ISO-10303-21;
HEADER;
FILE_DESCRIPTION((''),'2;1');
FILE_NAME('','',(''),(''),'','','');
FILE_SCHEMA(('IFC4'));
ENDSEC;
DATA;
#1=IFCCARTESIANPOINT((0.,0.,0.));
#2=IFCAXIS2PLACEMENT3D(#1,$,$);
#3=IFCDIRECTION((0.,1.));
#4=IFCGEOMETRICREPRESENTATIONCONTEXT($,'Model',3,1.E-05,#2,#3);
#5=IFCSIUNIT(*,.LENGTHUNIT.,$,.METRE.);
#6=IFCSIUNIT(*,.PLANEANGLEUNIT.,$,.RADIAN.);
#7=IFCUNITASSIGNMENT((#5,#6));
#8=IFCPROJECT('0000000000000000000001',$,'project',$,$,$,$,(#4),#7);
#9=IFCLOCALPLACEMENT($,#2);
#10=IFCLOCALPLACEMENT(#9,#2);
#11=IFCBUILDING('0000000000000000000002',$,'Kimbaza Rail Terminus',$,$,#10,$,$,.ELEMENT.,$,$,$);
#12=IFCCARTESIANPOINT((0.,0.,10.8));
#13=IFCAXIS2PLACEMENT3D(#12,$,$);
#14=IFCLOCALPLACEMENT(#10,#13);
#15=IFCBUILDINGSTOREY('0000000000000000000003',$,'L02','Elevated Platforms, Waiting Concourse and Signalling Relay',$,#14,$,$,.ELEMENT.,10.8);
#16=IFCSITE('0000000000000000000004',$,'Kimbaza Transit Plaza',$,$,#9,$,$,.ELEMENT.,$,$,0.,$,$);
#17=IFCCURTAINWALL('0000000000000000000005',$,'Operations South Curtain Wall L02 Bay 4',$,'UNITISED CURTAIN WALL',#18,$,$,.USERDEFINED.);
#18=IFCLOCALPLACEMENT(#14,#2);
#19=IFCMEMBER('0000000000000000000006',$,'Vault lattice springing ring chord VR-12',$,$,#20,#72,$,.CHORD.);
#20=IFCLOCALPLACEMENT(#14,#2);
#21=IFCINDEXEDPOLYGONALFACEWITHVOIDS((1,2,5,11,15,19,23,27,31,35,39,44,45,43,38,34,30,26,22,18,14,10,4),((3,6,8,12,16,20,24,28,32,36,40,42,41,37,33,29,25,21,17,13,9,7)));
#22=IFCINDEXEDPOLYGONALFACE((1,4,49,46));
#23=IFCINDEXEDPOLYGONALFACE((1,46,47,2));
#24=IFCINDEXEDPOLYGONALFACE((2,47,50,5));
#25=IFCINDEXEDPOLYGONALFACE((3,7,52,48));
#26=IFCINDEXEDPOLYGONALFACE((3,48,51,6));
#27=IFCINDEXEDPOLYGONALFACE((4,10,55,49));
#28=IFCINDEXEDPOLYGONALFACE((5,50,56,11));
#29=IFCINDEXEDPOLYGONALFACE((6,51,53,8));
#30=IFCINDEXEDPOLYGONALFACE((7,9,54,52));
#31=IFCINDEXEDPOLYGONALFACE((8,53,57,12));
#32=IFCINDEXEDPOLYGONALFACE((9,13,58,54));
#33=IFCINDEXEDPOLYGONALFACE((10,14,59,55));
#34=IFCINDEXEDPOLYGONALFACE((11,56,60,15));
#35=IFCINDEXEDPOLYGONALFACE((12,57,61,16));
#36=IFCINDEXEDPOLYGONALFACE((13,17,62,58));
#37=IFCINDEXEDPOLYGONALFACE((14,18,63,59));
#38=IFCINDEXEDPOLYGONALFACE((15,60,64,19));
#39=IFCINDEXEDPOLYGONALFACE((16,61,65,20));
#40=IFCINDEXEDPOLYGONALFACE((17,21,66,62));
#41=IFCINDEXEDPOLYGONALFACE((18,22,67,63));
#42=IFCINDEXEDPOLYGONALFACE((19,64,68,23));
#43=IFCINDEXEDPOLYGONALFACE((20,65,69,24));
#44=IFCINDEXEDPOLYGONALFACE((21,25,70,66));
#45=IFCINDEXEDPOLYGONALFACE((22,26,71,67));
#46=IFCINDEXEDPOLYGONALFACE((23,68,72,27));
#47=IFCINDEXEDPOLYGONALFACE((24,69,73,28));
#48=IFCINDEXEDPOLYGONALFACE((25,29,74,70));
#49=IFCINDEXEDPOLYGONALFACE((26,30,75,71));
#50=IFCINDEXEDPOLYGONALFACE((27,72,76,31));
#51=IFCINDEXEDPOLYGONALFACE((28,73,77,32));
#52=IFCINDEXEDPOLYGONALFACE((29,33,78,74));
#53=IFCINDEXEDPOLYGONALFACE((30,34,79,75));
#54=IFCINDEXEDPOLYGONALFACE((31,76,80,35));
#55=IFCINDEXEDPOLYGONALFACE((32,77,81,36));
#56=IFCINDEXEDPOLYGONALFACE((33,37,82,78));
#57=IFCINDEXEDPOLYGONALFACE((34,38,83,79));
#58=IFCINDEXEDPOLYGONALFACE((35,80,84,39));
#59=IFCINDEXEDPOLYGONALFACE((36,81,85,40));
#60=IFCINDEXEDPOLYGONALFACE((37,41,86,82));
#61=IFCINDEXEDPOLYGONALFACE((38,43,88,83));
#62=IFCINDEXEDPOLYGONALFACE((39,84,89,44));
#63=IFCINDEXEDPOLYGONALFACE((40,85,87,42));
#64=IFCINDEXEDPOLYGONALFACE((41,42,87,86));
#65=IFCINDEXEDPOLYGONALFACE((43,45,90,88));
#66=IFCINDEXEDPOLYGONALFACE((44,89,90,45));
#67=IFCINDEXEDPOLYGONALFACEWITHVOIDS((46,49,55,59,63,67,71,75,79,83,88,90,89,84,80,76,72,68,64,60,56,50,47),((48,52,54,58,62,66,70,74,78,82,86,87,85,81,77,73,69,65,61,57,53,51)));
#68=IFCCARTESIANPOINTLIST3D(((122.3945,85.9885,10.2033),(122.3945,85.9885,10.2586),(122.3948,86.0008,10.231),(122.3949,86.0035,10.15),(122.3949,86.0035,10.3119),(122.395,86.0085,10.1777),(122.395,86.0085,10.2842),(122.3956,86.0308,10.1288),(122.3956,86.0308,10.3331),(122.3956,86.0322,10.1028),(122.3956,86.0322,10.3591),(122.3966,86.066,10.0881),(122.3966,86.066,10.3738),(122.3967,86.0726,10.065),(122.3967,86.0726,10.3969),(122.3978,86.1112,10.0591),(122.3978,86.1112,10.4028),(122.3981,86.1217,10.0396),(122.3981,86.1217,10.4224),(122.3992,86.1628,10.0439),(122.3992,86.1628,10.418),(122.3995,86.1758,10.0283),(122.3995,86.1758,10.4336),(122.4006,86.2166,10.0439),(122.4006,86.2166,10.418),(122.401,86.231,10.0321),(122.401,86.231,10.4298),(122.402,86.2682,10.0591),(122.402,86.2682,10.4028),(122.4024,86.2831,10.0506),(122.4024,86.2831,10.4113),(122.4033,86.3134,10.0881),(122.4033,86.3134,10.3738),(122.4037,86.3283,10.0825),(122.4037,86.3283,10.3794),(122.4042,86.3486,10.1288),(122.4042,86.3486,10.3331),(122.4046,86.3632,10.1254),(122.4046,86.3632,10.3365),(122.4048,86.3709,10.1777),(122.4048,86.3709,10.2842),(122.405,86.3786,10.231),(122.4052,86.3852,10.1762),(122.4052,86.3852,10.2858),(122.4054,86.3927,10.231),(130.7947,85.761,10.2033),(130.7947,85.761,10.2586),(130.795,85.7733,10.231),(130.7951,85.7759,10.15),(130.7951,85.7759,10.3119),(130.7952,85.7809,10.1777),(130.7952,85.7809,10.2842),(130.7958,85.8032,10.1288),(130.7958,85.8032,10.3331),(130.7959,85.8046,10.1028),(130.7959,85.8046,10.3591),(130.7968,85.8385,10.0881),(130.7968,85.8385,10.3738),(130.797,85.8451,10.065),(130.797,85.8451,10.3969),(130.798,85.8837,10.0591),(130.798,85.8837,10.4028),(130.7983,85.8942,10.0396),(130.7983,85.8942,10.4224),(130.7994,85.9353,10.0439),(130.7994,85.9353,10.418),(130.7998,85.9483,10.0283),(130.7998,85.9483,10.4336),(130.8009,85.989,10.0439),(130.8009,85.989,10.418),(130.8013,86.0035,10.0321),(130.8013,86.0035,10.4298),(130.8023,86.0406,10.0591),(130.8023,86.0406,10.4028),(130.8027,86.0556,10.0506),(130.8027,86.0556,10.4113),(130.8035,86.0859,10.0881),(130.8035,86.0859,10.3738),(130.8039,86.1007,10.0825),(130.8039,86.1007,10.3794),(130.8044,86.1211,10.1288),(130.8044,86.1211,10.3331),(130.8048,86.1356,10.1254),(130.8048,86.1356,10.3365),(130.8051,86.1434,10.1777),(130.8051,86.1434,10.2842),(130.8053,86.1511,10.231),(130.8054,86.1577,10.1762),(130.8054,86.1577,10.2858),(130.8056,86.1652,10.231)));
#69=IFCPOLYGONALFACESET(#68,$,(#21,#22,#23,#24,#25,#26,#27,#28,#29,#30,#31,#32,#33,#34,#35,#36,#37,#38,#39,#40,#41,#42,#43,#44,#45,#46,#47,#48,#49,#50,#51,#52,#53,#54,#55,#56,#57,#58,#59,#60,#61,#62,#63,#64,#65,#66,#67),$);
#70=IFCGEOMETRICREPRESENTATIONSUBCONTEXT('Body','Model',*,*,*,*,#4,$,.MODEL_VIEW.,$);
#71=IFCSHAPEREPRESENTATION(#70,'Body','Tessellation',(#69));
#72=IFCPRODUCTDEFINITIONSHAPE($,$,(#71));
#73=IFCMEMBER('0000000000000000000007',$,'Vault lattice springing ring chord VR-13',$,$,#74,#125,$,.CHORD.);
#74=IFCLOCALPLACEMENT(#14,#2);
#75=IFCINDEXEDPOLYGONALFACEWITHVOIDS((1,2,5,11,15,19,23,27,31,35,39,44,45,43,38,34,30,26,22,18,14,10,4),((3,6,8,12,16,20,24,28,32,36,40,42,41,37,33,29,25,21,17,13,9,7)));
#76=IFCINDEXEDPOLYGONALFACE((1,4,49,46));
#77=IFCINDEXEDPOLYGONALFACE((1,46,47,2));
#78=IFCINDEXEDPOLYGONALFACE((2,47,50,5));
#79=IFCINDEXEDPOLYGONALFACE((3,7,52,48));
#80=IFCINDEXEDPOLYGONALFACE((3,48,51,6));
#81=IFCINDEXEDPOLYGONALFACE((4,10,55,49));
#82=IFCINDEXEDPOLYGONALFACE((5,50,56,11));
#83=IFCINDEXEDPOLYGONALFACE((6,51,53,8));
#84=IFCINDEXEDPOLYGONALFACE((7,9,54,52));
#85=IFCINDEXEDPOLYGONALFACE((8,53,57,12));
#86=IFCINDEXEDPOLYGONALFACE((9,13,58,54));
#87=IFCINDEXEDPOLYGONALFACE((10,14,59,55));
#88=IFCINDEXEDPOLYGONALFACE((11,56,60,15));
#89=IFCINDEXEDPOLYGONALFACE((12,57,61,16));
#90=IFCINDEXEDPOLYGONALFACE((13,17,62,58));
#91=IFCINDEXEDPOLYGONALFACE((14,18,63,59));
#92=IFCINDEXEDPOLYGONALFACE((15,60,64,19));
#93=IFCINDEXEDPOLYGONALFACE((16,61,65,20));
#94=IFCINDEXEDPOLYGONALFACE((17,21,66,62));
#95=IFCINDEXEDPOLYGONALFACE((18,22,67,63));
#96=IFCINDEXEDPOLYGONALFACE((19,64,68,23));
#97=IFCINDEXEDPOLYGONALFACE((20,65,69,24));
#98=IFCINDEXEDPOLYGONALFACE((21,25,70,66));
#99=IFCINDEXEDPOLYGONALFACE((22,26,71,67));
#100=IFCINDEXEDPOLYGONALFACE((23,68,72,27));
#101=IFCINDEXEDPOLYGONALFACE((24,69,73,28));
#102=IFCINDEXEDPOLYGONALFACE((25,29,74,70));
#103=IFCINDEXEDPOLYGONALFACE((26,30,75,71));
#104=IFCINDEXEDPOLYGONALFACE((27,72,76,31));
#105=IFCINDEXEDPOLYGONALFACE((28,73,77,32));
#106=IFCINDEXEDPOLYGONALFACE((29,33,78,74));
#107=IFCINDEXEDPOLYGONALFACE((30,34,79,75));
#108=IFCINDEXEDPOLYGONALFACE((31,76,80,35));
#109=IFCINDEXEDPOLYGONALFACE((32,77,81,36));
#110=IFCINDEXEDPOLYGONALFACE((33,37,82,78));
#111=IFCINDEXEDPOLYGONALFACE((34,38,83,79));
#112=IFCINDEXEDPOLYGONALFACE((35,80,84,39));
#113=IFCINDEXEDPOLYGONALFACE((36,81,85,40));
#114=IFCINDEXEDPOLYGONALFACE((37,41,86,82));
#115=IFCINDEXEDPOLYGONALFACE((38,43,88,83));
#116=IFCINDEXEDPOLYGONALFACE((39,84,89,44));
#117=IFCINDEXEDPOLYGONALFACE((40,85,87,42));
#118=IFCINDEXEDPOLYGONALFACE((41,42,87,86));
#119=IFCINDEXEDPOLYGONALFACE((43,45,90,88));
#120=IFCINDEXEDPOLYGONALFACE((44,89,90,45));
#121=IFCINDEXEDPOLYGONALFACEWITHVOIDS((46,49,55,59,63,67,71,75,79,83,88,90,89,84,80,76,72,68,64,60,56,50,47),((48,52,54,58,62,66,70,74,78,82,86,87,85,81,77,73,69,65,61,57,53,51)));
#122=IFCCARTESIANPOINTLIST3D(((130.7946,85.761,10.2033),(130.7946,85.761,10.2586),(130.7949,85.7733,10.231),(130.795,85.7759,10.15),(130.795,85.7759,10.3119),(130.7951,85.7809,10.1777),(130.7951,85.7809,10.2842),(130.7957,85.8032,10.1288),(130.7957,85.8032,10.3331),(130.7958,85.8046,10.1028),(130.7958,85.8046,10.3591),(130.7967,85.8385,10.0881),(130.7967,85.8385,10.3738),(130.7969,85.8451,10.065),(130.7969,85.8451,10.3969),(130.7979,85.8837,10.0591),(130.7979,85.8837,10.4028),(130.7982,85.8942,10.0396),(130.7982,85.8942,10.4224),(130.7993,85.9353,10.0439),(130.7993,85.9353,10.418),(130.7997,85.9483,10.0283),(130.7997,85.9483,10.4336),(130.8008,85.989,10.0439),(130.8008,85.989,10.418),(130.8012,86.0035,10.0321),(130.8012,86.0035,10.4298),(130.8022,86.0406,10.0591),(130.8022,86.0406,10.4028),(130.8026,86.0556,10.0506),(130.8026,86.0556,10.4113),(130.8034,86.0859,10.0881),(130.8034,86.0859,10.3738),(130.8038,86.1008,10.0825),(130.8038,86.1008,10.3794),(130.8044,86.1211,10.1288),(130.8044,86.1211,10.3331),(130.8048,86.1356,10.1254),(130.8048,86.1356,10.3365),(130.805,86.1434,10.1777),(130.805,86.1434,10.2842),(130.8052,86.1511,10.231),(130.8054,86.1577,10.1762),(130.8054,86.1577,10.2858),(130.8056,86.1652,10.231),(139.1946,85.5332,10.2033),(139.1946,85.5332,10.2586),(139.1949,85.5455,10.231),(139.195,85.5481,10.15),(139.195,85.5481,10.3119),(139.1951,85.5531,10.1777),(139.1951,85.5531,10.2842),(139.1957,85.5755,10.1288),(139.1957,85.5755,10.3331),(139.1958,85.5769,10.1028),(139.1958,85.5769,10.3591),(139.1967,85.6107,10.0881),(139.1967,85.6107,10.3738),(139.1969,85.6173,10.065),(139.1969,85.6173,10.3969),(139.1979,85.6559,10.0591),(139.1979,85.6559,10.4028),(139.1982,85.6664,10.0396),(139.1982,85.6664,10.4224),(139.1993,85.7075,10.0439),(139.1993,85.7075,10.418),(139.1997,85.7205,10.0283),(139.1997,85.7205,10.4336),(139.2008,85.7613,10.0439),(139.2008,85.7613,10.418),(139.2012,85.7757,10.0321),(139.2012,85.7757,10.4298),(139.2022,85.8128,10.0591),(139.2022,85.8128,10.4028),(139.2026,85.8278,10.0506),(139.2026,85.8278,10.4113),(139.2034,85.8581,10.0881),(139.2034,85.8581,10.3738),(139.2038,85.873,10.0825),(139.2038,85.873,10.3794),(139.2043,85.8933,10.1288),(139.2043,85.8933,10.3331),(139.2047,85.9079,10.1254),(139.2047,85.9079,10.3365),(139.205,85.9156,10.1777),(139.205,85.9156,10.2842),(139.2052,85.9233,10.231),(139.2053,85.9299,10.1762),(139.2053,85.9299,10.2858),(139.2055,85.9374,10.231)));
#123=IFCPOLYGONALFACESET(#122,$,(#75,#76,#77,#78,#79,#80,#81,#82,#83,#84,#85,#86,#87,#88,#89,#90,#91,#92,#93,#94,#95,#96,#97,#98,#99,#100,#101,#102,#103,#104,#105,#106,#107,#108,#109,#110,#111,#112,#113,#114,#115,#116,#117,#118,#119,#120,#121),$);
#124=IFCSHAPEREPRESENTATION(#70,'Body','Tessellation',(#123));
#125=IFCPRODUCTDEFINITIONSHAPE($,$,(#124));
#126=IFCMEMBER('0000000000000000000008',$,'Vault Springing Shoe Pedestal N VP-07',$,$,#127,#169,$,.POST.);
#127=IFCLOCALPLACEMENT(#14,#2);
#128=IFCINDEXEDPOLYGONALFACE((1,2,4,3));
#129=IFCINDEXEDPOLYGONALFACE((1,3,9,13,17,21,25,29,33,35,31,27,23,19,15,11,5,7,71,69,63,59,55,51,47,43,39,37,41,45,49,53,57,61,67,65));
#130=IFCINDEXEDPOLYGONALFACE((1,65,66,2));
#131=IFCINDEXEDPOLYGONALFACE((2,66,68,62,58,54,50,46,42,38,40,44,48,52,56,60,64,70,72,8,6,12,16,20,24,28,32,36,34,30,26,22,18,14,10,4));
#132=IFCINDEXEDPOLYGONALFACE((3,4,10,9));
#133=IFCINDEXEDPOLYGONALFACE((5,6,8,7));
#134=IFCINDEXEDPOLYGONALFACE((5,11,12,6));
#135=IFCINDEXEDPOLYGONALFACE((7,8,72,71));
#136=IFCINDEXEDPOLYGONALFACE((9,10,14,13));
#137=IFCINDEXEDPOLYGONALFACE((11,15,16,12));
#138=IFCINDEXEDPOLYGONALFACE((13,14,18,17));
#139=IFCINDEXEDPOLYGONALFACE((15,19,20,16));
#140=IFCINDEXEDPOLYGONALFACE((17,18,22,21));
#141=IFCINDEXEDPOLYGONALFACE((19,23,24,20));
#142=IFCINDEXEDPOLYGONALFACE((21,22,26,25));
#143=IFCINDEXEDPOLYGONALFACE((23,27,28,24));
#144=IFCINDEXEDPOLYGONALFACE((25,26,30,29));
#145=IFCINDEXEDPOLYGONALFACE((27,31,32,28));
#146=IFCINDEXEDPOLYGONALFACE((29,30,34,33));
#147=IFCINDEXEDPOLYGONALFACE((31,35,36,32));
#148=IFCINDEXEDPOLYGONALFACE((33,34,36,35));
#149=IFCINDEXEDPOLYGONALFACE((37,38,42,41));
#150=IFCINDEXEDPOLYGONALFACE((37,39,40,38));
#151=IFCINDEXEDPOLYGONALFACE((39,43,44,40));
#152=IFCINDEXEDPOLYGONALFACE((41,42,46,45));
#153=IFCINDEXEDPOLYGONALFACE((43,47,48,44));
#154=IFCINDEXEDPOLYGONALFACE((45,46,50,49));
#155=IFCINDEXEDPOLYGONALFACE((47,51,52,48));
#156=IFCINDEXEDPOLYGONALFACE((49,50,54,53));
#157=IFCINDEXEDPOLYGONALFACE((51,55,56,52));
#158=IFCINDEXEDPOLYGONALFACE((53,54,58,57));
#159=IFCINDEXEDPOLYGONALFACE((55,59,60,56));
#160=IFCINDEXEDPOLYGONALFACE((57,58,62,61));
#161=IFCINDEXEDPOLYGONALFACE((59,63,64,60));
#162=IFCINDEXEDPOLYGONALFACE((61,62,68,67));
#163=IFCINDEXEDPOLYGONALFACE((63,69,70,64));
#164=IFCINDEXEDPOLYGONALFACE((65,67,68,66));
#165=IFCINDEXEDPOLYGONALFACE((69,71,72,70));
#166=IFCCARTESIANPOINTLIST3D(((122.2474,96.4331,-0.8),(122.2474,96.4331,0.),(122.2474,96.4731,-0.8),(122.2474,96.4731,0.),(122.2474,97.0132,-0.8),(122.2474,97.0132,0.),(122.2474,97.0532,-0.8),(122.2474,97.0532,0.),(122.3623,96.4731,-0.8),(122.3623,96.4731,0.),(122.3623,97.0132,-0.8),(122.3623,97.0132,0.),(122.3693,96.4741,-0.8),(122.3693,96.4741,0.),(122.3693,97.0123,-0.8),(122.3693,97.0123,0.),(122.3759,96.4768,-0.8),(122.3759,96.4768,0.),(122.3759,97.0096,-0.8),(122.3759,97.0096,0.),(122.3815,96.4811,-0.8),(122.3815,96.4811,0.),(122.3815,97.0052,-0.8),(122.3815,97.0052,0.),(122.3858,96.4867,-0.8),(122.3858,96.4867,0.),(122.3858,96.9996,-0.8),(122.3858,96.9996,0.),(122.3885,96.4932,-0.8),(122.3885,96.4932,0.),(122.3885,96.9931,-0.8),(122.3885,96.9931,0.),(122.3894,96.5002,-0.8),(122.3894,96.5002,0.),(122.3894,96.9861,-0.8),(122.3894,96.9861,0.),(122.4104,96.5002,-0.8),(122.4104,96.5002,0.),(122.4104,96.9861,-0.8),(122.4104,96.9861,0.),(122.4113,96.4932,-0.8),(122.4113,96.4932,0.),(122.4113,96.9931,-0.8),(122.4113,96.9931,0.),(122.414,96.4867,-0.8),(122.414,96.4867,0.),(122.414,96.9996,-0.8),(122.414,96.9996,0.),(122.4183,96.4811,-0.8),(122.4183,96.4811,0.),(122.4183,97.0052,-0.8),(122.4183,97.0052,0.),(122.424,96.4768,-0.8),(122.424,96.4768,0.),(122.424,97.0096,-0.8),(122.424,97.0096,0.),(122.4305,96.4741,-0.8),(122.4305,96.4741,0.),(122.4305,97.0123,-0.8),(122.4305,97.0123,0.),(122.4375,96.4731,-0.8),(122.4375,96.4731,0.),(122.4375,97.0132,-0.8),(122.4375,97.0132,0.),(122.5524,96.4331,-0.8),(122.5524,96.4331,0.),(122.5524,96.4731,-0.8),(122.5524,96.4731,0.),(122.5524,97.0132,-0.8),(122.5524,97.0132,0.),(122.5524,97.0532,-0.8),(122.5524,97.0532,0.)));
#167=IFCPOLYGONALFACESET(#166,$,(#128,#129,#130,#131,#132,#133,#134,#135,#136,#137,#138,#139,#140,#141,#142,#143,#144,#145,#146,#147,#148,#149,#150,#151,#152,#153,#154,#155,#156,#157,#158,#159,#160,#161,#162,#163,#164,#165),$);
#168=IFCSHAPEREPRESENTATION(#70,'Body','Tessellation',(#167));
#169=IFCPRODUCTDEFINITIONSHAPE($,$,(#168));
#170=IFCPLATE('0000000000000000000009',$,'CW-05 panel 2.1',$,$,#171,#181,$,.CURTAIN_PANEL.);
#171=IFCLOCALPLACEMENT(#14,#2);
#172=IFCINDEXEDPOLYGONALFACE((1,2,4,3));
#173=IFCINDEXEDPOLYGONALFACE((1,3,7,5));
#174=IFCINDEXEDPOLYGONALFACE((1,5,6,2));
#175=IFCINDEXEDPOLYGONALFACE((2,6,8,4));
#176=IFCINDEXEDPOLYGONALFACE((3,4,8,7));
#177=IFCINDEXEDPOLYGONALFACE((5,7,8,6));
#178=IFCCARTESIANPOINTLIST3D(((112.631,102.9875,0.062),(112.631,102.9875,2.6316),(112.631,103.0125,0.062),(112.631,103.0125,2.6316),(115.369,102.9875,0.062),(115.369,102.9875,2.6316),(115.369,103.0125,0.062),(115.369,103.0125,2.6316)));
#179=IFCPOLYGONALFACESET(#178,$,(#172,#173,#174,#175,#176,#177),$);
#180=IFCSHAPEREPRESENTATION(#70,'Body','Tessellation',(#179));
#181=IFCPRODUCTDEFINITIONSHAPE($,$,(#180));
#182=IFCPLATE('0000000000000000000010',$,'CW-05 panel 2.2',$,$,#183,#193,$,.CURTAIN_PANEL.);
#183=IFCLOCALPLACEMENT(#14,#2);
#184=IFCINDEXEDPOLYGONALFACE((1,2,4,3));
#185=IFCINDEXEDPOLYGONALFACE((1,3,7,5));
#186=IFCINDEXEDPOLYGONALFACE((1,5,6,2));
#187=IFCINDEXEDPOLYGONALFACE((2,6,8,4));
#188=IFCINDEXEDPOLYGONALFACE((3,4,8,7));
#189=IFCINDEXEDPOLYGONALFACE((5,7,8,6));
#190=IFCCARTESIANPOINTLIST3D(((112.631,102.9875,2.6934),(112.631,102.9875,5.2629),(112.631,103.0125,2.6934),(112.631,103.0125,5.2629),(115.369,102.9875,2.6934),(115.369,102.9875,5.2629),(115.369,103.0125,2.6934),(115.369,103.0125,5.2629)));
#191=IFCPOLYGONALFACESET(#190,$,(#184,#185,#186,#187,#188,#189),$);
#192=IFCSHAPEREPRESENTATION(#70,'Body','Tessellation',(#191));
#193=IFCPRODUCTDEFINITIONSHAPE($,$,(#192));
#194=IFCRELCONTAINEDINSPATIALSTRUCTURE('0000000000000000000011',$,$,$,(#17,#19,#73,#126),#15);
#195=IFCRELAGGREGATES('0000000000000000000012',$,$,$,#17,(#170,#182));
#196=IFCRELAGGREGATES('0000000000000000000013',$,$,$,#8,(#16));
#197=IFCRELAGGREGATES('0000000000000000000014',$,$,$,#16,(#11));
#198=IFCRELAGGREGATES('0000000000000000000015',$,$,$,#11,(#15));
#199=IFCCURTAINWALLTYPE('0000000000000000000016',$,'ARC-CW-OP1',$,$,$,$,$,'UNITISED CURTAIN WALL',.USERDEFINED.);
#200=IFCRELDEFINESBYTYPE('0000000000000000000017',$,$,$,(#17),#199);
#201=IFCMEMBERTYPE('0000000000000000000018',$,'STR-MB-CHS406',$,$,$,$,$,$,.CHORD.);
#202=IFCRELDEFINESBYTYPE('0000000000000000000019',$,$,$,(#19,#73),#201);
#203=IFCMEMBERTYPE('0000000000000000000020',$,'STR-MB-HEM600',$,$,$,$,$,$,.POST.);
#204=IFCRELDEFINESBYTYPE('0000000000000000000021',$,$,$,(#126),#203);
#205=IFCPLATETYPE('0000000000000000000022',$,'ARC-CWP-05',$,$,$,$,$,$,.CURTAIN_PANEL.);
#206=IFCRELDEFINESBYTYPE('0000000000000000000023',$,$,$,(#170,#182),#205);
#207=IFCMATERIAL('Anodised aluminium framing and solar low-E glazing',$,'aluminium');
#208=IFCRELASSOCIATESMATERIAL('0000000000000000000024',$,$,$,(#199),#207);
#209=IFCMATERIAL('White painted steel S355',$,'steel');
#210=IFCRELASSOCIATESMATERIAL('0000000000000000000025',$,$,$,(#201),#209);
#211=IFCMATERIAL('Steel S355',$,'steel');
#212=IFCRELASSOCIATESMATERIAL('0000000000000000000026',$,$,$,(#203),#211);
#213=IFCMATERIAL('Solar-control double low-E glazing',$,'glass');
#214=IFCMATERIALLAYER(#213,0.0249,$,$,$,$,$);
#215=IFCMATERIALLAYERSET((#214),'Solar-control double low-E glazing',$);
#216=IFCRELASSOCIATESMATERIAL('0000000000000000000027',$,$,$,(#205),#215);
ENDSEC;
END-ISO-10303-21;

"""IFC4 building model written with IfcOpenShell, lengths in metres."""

from ifc_helpers import new_model, si_unit, direction, frame, origin, origin_2d, place, context, subcontext, project, spatial, rectangle, hollow_circle, i_section, extrude, material, layer, layer_set, material_profile, profile_set, type_object, element, aggregate, save


model = new_model("IFC4")

# Units and contexts
model_context = context("Model", 3, precision=1e-05, world=origin(), true_north=direction((0.0, 1.0)))
body_context = subcontext(model_context, "Body", "Model", "MODEL_VIEW")
ifc_project = project(units=[si_unit("LENGTHUNIT", "METRE"), si_unit("PLANEANGLEUNIT", "RADIAN")], contexts=[model_context])

# Site, building, storey
site_placement = place(None, origin())
site = spatial("IfcSite", under=ifc_project, at=site_placement, Name="Kimbaza Transit Plaza", CompositionType="ELEMENT", RefElevation=0.0)
building_placement = place(site_placement, origin())
building = spatial("IfcBuilding", under=site, at=building_placement, Name="Kimbaza Rail Terminus", CompositionType="ELEMENT")
storey_placement = place(building_placement, frame((0.0, 0.0, 10.8)))
storey = spatial("IfcBuildingStorey", under=building, at=storey_placement, Name="L02", Description="Elevated Platforms, Waiting Concourse and Signalling Relay", CompositionType="ELEMENT", Elevation=10.8)

# Curtain wall
ifc_material_1 = material(Name="Anodised aluminium framing and solar low-E glazing", Category="aluminium")
curtain_wall_type = type_object("IfcCurtainWallType", Name="ARC-CW-OP1", ElementType="UNITISED CURTAIN WALL", PredefinedType="USERDEFINED", material=ifc_material_1)
curtain_wall_placement = place(storey_placement, origin())
curtain_wall = element("IfcCurtainWall", 1, at=curtain_wall_placement, inside=storey, type_object=curtain_wall_type, Name="Operations South Curtain Wall L02 Bay 4", ObjectType="UNITISED CURTAIN WALL", PredefinedType="USERDEFINED")

# Members
ifc_material_2 = material(Name="White painted steel S355", Category="steel")
ifc_material_profile_1 = material_profile(ifc_material_2, hollow_circle(Radius=0.2031, WallThickness=0.0142, at=origin_2d()), Name="CHS 406.4x14.2")
ifc_profile_set_1 = profile_set([ifc_material_profile_1], Name="White painted steel S355")
member_type_1 = type_object("IfcMemberType", Name="STR-MB-CHS406", PredefinedType="CHORD", material=ifc_profile_set_1)
member_1_placement = place(storey_placement, frame((122.3999, 86.1897, 10.231), z_axis=(0.999633, -0.027078, 0.0), x_axis=(0.027078, 0.999633, 0.0)))
element("IfcMember", 2, at=member_1_placement, inside=storey, type_object=member_type_1, Name="Vault lattice springing ring chord VR-12", PredefinedType="CHORD", context=body_context, shape_type="SweptSolid", body=[
    extrude(hollow_circle(Radius=0.2031, WallThickness=0.0142, at=origin_2d()), origin(), (0.0, 0.0, 1.0), 8.4033),
])
member_2_placement = place(storey_placement, frame((130.8, 85.9622, 10.231), z_axis=(0.999633, -0.027107, 0.0), x_axis=(0.027107, 0.999633, 0.0)))
element("IfcMember", 3, at=member_2_placement, inside=storey, type_object=member_type_1, Name="Vault lattice springing ring chord VR-13", PredefinedType="CHORD", context=body_context, shape_type="SweptSolid", body=[
    extrude(hollow_circle(Radius=0.2031, WallThickness=0.0142, at=origin_2d()), origin(), (0.0, 0.0, 1.0), 8.4031),
])
ifc_material_3 = material(Name="Steel S355", Category="steel")
ifc_material_profile_2 = material_profile(ifc_material_3, i_section(OverallWidth=0.3049, OverallDepth=0.6201, WebThickness=0.021, FlangeThickness=0.04, FilletRadius=0.0271, at=origin_2d()), Name="HEM 600")
ifc_profile_set_2 = profile_set([ifc_material_profile_2], Name="Steel S355")
member_type_2 = type_object("IfcMemberType", Name="STR-MB-HEM600", PredefinedType="POST", material=ifc_profile_set_2)
member_3_placement = place(storey_placement, frame((122.3999, 96.7432, -0.8), z_axis=(0.0, 0.0, 1.0), x_axis=(1.0, 0.0, 0.0)))
element("IfcMember", 4, at=member_3_placement, inside=storey, type_object=member_type_2, Name="Vault Springing Shoe Pedestal N VP-07", PredefinedType="POST", context=body_context, shape_type="SweptSolid", body=[
    extrude(i_section(OverallWidth=0.3049, OverallDepth=0.6201, WebThickness=0.021, FlangeThickness=0.04, FilletRadius=0.0271, at=origin_2d()), origin(), (0.0, 0.0, 1.0), 0.8),
])

# Plates
ifc_material_4 = material(Name="Solar-control double low-E glazing", Category="glass")
ifc_layer_1 = layer(ifc_material_4, 0.0249)
ifc_layer_set_1 = layer_set([ifc_layer_1], Name="Solar-control double low-E glazing")
plate_type_1 = type_object("IfcPlateType", Name="ARC-CWP-05", PredefinedType="CURTAIN_PANEL", material=ifc_layer_set_1)
plate_1_placement = place(storey_placement, frame((114.0, 103.0, 0.062), z_axis=(0.0, 0.0, 1.0), x_axis=(1.0, 0.0, 0.0)))
plate_1 = element("IfcPlate", 5, at=plate_1_placement, type_object=plate_type_1, Name="CW-05 panel 2.1", PredefinedType="CURTAIN_PANEL", context=body_context, shape_type="SweptSolid", body=[
    extrude(rectangle(XDim=2.738, YDim=0.0249, at=origin_2d()), origin(), (0.0, 0.0, 1.0), 2.5696),
])
plate_2_placement = place(storey_placement, frame((114.0, 103.0, 2.6934), z_axis=(0.0, 0.0, 1.0), x_axis=(1.0, 0.0, 0.0)))
plate_2 = element("IfcPlate", 6, at=plate_2_placement, type_object=plate_type_1, Name="CW-05 panel 2.2", PredefinedType="CURTAIN_PANEL", context=body_context, shape_type="SweptSolid", body=[
    extrude(rectangle(XDim=2.738, YDim=0.0249, at=origin_2d()), origin(), (0.0, 0.0, 1.0), 2.5696),
])
aggregate(curtain_wall, [plate_1, plate_2])

save(model, "model.ifc")
